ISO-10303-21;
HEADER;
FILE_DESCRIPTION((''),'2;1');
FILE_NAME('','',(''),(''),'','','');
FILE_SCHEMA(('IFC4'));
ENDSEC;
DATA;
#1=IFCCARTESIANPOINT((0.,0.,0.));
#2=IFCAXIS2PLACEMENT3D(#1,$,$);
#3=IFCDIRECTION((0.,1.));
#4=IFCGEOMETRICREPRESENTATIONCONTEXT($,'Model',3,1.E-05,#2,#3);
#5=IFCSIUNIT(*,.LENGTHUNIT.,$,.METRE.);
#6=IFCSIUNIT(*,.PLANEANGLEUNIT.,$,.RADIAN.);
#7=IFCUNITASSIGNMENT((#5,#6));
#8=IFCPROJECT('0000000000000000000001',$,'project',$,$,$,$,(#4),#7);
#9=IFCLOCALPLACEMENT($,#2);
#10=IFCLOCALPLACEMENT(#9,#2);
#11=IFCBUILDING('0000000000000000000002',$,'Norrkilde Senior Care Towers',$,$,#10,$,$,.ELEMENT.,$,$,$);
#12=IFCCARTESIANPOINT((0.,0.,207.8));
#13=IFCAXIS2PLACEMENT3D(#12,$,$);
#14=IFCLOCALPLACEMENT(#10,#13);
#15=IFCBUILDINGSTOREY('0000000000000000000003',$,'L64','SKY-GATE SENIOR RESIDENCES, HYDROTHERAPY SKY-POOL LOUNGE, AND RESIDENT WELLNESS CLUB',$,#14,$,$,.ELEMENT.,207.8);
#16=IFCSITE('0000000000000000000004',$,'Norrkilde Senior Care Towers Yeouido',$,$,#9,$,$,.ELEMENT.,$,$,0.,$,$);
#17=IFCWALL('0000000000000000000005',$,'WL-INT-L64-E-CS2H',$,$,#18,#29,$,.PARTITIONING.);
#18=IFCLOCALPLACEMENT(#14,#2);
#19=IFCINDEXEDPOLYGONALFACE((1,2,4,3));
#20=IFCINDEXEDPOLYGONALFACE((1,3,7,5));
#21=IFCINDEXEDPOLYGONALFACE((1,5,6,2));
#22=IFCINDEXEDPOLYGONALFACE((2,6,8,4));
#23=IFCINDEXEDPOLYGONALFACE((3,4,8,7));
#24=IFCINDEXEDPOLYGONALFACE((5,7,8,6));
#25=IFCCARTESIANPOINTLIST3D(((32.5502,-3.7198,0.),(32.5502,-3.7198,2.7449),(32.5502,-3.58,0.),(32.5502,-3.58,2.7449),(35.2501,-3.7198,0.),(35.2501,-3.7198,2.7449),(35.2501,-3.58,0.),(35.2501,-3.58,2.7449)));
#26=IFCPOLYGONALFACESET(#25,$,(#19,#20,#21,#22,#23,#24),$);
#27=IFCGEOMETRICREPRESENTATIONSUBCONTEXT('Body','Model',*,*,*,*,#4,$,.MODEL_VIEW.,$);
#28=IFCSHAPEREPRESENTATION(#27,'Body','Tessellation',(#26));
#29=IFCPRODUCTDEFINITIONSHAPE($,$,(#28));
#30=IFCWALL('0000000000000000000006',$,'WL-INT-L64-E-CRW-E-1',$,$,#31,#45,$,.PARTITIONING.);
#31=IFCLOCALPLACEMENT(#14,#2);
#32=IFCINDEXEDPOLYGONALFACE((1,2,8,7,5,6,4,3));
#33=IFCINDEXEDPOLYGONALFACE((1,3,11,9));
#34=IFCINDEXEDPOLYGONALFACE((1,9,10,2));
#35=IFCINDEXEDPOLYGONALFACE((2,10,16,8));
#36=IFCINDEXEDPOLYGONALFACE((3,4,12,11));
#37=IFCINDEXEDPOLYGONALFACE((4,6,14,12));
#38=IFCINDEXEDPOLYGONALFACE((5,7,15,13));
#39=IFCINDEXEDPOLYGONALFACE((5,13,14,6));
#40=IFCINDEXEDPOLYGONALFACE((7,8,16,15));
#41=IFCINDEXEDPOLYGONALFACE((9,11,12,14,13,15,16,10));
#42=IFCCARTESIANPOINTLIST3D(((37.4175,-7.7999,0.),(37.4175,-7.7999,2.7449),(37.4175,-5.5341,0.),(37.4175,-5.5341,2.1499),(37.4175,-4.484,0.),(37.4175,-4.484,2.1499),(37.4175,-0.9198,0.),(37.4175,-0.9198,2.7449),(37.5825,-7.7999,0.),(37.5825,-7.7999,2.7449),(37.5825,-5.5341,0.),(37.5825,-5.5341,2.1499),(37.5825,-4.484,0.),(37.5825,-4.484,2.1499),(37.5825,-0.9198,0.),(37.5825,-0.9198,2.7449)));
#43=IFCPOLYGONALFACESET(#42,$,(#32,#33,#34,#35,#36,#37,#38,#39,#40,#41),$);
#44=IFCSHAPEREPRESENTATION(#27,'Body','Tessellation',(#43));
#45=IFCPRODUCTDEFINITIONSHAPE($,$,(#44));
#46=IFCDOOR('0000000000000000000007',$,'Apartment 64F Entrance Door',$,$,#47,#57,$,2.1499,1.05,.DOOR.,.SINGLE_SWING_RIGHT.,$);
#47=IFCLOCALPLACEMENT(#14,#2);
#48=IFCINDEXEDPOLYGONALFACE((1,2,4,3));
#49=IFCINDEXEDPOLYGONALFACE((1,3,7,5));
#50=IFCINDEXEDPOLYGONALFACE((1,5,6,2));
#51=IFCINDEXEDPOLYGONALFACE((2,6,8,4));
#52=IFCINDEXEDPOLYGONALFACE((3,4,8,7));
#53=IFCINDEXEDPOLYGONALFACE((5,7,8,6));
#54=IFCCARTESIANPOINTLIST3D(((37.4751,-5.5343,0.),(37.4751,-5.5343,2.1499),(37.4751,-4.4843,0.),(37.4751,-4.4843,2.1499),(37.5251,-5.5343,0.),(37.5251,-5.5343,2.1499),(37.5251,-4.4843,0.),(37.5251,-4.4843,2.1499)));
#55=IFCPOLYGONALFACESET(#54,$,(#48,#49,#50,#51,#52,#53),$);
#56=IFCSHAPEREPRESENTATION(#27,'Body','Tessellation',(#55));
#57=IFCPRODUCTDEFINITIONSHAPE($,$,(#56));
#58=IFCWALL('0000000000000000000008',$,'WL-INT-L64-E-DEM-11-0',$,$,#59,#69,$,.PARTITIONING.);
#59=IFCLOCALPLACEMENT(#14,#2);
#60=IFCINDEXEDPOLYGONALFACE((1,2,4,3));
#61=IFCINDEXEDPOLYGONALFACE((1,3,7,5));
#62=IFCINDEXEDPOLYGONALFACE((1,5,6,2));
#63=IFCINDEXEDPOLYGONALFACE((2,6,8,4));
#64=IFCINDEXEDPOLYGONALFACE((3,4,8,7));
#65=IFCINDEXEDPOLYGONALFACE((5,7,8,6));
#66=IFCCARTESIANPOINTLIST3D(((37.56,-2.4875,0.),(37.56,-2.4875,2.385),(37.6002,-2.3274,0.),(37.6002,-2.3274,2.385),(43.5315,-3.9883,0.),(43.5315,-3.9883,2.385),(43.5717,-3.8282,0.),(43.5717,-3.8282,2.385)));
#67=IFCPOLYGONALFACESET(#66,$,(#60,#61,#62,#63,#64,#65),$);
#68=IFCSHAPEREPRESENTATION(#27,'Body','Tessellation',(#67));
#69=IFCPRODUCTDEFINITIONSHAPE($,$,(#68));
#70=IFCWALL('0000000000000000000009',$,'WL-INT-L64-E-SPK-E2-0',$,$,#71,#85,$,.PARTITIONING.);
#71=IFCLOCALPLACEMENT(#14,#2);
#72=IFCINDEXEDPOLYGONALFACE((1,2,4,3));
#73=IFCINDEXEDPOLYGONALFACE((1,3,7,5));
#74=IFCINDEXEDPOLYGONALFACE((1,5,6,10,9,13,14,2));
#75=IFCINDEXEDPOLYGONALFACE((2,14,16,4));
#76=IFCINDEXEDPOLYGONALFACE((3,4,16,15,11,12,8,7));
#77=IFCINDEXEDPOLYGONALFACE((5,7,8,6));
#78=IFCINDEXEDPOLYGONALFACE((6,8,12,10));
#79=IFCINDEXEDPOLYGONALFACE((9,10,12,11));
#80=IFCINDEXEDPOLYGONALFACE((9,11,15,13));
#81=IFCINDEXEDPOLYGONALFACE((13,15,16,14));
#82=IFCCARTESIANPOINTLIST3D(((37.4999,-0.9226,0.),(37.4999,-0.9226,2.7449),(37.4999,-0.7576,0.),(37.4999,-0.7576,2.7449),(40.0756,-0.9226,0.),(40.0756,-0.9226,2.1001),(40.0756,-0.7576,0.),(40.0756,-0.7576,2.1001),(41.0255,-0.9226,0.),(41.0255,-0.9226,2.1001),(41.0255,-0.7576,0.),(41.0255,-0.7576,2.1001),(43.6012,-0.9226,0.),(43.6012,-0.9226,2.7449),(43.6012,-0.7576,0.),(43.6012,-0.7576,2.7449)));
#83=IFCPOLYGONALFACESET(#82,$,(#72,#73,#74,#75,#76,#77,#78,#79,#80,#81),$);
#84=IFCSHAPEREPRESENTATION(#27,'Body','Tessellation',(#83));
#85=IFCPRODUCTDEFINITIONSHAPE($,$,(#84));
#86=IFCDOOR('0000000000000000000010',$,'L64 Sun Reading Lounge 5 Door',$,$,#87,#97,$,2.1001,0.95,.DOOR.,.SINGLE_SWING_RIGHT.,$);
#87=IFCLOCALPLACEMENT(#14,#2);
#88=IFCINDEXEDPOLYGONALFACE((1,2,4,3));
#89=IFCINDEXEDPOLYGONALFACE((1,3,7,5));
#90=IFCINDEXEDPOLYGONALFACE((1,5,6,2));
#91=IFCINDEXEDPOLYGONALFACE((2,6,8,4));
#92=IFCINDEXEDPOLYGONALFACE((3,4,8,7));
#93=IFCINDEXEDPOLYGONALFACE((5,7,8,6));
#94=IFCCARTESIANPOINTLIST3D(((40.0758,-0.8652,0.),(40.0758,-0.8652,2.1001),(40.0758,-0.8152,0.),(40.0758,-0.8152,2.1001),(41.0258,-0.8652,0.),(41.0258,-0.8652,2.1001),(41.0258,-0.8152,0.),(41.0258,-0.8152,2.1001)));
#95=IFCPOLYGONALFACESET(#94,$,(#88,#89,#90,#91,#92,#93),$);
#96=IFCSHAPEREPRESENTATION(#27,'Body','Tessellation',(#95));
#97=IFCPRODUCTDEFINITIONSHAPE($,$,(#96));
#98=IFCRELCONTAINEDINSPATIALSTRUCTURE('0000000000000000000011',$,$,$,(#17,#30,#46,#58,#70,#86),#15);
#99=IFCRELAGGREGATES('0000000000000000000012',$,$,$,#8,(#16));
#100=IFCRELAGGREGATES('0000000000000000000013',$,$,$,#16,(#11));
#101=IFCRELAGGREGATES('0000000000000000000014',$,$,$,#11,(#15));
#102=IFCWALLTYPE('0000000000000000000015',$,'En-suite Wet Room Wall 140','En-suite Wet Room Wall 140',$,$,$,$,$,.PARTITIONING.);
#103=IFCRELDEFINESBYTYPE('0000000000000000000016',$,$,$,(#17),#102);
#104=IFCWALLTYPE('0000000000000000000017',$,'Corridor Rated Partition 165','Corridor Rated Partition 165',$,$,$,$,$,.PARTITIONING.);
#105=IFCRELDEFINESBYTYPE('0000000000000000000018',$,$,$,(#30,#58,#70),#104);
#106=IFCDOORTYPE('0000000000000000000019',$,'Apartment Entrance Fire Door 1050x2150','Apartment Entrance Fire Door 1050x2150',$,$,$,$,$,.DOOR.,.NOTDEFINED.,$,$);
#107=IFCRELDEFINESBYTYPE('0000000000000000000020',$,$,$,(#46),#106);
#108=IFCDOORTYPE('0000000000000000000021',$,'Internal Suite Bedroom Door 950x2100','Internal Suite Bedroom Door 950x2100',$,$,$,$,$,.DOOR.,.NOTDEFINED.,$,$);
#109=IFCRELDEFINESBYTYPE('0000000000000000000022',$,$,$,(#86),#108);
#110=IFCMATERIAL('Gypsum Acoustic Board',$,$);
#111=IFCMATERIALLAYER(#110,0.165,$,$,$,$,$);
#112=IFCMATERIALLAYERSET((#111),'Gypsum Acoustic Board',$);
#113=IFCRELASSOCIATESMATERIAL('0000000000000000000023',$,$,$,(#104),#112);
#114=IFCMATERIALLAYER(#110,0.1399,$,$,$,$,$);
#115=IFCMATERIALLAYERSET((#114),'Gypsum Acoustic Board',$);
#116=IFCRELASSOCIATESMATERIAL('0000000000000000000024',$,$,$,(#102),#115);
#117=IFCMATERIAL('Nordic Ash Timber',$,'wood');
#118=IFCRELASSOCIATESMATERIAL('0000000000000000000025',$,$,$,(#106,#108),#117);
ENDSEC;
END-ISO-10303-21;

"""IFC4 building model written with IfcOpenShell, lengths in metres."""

from ifc_helpers import new_model, si_unit, direction, frame, frame_2d, origin, place, context, subcontext, project, spatial, rectangle, extrude, source, transform, mapped, material, layer, layer_set, type_object, type_shapes, element, fill, save


model = new_model("IFC4")

# Units and contexts
model_context = context("Model", 3, precision=1e-05, world=origin(), true_north=direction((0.0, 1.0)))
body_context = subcontext(model_context, "Body", "Model", "MODEL_VIEW")
ifc_project = project(units=[si_unit("LENGTHUNIT", "METRE"), si_unit("PLANEANGLEUNIT", "RADIAN")], contexts=[model_context])

# Site, building, storey
site_placement = place(None, origin())
site = spatial("IfcSite", under=ifc_project, at=site_placement, Name="Norrkilde Senior Care Towers Yeouido", CompositionType="ELEMENT", RefElevation=0.0)
building_placement = place(site_placement, origin())
building = spatial("IfcBuilding", under=site, at=building_placement, Name="Norrkilde Senior Care Towers", CompositionType="ELEMENT")
storey_placement = place(building_placement, frame((0.0, 0.0, 207.8)))
storey = spatial("IfcBuildingStorey", under=building, at=storey_placement, Name="L64", Description="SKY-GATE SENIOR RESIDENCES, HYDROTHERAPY SKY-POOL LOUNGE, AND RESIDENT WELLNESS CLUB", CompositionType="ELEMENT", Elevation=207.8)

# Shared definitions
ifc_material_1 = material(Name="Gypsum Acoustic Board")
ifc_layer_1 = layer(ifc_material_1, 0.165)
ifc_layer_set_1 = layer_set([ifc_layer_1], Name="Gypsum Acoustic Board")
wall_type_1 = type_object("IfcWallType", Name="Corridor Rated Partition 165", Description="Corridor Rated Partition 165", PredefinedType="PARTITIONING", material=ifc_layer_set_1)

# Wall
ifc_layer_2 = layer(ifc_material_1, 0.1399)
ifc_layer_set_2 = layer_set([ifc_layer_2], Name="Gypsum Acoustic Board")
wall_type_2 = type_object("IfcWallType", Name="En-suite Wet Room Wall 140", Description="En-suite Wet Room Wall 140", PredefinedType="PARTITIONING", material=ifc_layer_set_2)
shared_shape_1 = source(origin(), body_context, "Body", "SweptSolid", [
    extrude(rectangle(XDim=2.7, YDim=0.1399, at=frame_2d((1.3501, 0.0))), origin(), (0.0, 0.0, 1.0), 2.7449),
])
type_shapes(wall_type_2, [shared_shape_1])
wall_1_placement = place(storey_placement, frame((32.55, -3.6499, 0.0), z_axis=(0.0, 0.0, 1.0), x_axis=(1.0, 0.0, 0.0)))
element("IfcWall", 1, at=wall_1_placement, inside=storey, type_object=wall_type_2, Name="WL-INT-L64-E-CS2H", PredefinedType="PARTITIONING", context=body_context, shape_type="MappedRepresentation", body=[
    mapped(shared_shape_1, transform((0.0, 0.0, 0.0), x_axis=(1.0, 0.0, 0.0), y_axis=(0.0, 1.0, 0.0), z_axis=(0.0, 0.0, 1.0), scale=1.0)),
])

# Wall, opening, door
shared_shape_2 = source(origin(), body_context, "Body", "SweptSolid", [
    extrude(rectangle(XDim=6.8801, YDim=0.165, at=frame_2d((3.4399, 0.0))), origin(), (0.0, 0.0, 1.0), 2.7449),
])
wall_2_placement = place(storey_placement, frame((37.5, -0.9199, 0.0), z_axis=(0.0, 0.0, 1.0), x_axis=(0.0, -1.0, 0.0)))
wall_2 = element("IfcWall", 2, at=wall_2_placement, inside=storey, type_object=wall_type_1, Name="WL-INT-L64-E-CRW-E-1", PredefinedType="PARTITIONING", context=body_context, shape_type="MappedRepresentation", body=[
    mapped(shared_shape_2, transform((0.0, 0.0, 0.0), x_axis=(1.0, 0.0, 0.0), y_axis=(0.0, 1.0, 0.0), z_axis=(0.0, 0.0, 1.0), scale=1.0)),
])
opening_1_placement = place(wall_2_placement, frame((3.5642, 0.0, 0.0)))
opening_1 = element("IfcOpeningElement", 3, at=opening_1_placement, cuts=wall_2, PredefinedType="OPENING", context=body_context, shape_type="SweptSolid", body=[
    extrude(rectangle(XDim=1.05, YDim=2.1499, at=frame_2d((0.5249, 1.075))), frame((0.0, 0.0925, 0.0), z_axis=(0.0, -1.0, 0.0), x_axis=(1.0, 0.0, 0.0)), (0.0, 0.0, 1.0), 0.1851),
])
ifc_material_2 = material(Name="Nordic Ash Timber", Category="wood")
door_type_1 = type_object("IfcDoorType", Name="Apartment Entrance Fire Door 1050x2150", Description="Apartment Entrance Fire Door 1050x2150", OperationType="NOTDEFINED", PredefinedType="DOOR", material=ifc_material_2)
shared_shape_3 = source(origin(), body_context, "Body", "SweptSolid", [
    extrude(rectangle(XDim=1.05, YDim=2.1499, at=frame_2d((0.5249, 1.075))), frame((0.0, 0.0249, 0.0), z_axis=(0.0, -1.0, 0.0), x_axis=(1.0, 0.0, 0.0)), (0.0, 0.0, 1.0), 0.05),
])
type_shapes(door_type_1, [shared_shape_3])
door_1_placement = place(opening_1_placement, frame((1.05, 0.0, 0.0), z_axis=(0.0, 0.0, 1.0), x_axis=(-1.0, 0.0, 0.0)))
door_1 = element("IfcDoor", 4, at=door_1_placement, inside=storey, type_object=door_type_1, Name="Apartment 64F Entrance Door", OperationType="SINGLE_SWING_RIGHT", OverallHeight=2.1499, OverallWidth=1.05, PredefinedType="DOOR", context=body_context, shape_type="MappedRepresentation", body=[
    mapped(shared_shape_3, transform((0.0, 0.0, 0.0), x_axis=(1.0, 0.0, 0.0), y_axis=(0.0, 1.0, 0.0), z_axis=(0.0, 0.0, 1.0), scale=1.0)),
])
fill(opening_1, door_1)

# Wall
shared_shape_4 = source(origin(), body_context, "Body", "SweptSolid", [
    extrude(rectangle(XDim=6.1572, YDim=0.165, at=frame_2d((3.0786, 0.0))), origin(), (0.0, 0.0, 1.0), 2.385),
])
wall_3_placement = place(storey_placement, frame((37.5801, -2.4075, 0.0), z_axis=(0.0, 0.0, 1.0), x_axis=(0.969841, -0.243739, 0.0)))
element("IfcWall", 5, at=wall_3_placement, inside=storey, type_object=wall_type_1, Name="WL-INT-L64-E-DEM-11-0", PredefinedType="PARTITIONING", context=body_context, shape_type="MappedRepresentation", body=[
    mapped(shared_shape_4, transform((0.0, 0.0, 0.0), x_axis=(1.0, 0.0, 0.0), y_axis=(0.0, 1.0, 0.0), z_axis=(0.0, 0.0, 1.0), scale=1.0)),
])

# Wall, opening, door
shared_shape_5 = source(origin(), body_context, "Body", "SweptSolid", [
    extrude(rectangle(XDim=6.1013, YDim=0.165, at=frame_2d((3.0508, 0.0))), origin(), (0.0, 0.0, 1.0), 2.7449),
])
wall_4_placement = place(storey_placement, frame((43.6013, -0.8401, 0.0), z_axis=(0.0, 0.0, 1.0), x_axis=(-1.0, 0.0, 0.0)))
wall_4 = element("IfcWall", 6, at=wall_4_placement, inside=storey, type_object=wall_type_1, Name="WL-INT-L64-E-SPK-E2-0", PredefinedType="PARTITIONING", context=body_context, shape_type="MappedRepresentation", body=[
    mapped(shared_shape_5, transform((0.0, 0.0, 0.0), x_axis=(1.0, 0.0, 0.0), y_axis=(0.0, 1.0, 0.0), z_axis=(0.0, 0.0, 1.0), scale=1.0)),
])
opening_2_placement = place(wall_4_placement, frame((2.5757, 0.0, 0.0)))
opening_2 = element("IfcOpeningElement", 7, at=opening_2_placement, cuts=wall_4, PredefinedType="OPENING", context=body_context, shape_type="SweptSolid", body=[
    extrude(rectangle(XDim=0.95, YDim=2.1001, at=frame_2d((0.4751, 1.05))), frame((0.0, 0.0925, 0.0), z_axis=(0.0, -1.0, 0.0), x_axis=(1.0, 0.0, 0.0)), (0.0, 0.0, 1.0), 0.1851),
])
door_type_2 = type_object("IfcDoorType", Name="Internal Suite Bedroom Door 950x2100", Description="Internal Suite Bedroom Door 950x2100", OperationType="NOTDEFINED", PredefinedType="DOOR", material=ifc_material_2)
shared_shape_6 = source(origin(), body_context, "Body", "SweptSolid", [
    extrude(rectangle(XDim=0.95, YDim=2.1001, at=frame_2d((0.4751, 1.05))), frame((0.0, 0.0249, 0.0), z_axis=(0.0, -1.0, 0.0), x_axis=(1.0, 0.0, 0.0)), (0.0, 0.0, 1.0), 0.05),
])
type_shapes(door_type_2, [shared_shape_6])
door_2_placement = place(opening_2_placement, frame((0.95, 0.0, 0.0), z_axis=(0.0, 0.0, 1.0), x_axis=(-1.0, 0.0, 0.0)))
door_2 = element("IfcDoor", 8, at=door_2_placement, inside=storey, type_object=door_type_2, Name="L64 Sun Reading Lounge 5 Door", OperationType="SINGLE_SWING_RIGHT", OverallHeight=2.1001, OverallWidth=0.95, PredefinedType="DOOR", context=body_context, shape_type="MappedRepresentation", body=[
    mapped(shared_shape_6, transform((0.0, 0.0, 0.0), x_axis=(1.0, 0.0, 0.0), y_axis=(0.0, 1.0, 0.0), z_axis=(0.0, 0.0, 1.0), scale=1.0)),
])
fill(opening_2, door_2)

save(model, "model.ifc")
